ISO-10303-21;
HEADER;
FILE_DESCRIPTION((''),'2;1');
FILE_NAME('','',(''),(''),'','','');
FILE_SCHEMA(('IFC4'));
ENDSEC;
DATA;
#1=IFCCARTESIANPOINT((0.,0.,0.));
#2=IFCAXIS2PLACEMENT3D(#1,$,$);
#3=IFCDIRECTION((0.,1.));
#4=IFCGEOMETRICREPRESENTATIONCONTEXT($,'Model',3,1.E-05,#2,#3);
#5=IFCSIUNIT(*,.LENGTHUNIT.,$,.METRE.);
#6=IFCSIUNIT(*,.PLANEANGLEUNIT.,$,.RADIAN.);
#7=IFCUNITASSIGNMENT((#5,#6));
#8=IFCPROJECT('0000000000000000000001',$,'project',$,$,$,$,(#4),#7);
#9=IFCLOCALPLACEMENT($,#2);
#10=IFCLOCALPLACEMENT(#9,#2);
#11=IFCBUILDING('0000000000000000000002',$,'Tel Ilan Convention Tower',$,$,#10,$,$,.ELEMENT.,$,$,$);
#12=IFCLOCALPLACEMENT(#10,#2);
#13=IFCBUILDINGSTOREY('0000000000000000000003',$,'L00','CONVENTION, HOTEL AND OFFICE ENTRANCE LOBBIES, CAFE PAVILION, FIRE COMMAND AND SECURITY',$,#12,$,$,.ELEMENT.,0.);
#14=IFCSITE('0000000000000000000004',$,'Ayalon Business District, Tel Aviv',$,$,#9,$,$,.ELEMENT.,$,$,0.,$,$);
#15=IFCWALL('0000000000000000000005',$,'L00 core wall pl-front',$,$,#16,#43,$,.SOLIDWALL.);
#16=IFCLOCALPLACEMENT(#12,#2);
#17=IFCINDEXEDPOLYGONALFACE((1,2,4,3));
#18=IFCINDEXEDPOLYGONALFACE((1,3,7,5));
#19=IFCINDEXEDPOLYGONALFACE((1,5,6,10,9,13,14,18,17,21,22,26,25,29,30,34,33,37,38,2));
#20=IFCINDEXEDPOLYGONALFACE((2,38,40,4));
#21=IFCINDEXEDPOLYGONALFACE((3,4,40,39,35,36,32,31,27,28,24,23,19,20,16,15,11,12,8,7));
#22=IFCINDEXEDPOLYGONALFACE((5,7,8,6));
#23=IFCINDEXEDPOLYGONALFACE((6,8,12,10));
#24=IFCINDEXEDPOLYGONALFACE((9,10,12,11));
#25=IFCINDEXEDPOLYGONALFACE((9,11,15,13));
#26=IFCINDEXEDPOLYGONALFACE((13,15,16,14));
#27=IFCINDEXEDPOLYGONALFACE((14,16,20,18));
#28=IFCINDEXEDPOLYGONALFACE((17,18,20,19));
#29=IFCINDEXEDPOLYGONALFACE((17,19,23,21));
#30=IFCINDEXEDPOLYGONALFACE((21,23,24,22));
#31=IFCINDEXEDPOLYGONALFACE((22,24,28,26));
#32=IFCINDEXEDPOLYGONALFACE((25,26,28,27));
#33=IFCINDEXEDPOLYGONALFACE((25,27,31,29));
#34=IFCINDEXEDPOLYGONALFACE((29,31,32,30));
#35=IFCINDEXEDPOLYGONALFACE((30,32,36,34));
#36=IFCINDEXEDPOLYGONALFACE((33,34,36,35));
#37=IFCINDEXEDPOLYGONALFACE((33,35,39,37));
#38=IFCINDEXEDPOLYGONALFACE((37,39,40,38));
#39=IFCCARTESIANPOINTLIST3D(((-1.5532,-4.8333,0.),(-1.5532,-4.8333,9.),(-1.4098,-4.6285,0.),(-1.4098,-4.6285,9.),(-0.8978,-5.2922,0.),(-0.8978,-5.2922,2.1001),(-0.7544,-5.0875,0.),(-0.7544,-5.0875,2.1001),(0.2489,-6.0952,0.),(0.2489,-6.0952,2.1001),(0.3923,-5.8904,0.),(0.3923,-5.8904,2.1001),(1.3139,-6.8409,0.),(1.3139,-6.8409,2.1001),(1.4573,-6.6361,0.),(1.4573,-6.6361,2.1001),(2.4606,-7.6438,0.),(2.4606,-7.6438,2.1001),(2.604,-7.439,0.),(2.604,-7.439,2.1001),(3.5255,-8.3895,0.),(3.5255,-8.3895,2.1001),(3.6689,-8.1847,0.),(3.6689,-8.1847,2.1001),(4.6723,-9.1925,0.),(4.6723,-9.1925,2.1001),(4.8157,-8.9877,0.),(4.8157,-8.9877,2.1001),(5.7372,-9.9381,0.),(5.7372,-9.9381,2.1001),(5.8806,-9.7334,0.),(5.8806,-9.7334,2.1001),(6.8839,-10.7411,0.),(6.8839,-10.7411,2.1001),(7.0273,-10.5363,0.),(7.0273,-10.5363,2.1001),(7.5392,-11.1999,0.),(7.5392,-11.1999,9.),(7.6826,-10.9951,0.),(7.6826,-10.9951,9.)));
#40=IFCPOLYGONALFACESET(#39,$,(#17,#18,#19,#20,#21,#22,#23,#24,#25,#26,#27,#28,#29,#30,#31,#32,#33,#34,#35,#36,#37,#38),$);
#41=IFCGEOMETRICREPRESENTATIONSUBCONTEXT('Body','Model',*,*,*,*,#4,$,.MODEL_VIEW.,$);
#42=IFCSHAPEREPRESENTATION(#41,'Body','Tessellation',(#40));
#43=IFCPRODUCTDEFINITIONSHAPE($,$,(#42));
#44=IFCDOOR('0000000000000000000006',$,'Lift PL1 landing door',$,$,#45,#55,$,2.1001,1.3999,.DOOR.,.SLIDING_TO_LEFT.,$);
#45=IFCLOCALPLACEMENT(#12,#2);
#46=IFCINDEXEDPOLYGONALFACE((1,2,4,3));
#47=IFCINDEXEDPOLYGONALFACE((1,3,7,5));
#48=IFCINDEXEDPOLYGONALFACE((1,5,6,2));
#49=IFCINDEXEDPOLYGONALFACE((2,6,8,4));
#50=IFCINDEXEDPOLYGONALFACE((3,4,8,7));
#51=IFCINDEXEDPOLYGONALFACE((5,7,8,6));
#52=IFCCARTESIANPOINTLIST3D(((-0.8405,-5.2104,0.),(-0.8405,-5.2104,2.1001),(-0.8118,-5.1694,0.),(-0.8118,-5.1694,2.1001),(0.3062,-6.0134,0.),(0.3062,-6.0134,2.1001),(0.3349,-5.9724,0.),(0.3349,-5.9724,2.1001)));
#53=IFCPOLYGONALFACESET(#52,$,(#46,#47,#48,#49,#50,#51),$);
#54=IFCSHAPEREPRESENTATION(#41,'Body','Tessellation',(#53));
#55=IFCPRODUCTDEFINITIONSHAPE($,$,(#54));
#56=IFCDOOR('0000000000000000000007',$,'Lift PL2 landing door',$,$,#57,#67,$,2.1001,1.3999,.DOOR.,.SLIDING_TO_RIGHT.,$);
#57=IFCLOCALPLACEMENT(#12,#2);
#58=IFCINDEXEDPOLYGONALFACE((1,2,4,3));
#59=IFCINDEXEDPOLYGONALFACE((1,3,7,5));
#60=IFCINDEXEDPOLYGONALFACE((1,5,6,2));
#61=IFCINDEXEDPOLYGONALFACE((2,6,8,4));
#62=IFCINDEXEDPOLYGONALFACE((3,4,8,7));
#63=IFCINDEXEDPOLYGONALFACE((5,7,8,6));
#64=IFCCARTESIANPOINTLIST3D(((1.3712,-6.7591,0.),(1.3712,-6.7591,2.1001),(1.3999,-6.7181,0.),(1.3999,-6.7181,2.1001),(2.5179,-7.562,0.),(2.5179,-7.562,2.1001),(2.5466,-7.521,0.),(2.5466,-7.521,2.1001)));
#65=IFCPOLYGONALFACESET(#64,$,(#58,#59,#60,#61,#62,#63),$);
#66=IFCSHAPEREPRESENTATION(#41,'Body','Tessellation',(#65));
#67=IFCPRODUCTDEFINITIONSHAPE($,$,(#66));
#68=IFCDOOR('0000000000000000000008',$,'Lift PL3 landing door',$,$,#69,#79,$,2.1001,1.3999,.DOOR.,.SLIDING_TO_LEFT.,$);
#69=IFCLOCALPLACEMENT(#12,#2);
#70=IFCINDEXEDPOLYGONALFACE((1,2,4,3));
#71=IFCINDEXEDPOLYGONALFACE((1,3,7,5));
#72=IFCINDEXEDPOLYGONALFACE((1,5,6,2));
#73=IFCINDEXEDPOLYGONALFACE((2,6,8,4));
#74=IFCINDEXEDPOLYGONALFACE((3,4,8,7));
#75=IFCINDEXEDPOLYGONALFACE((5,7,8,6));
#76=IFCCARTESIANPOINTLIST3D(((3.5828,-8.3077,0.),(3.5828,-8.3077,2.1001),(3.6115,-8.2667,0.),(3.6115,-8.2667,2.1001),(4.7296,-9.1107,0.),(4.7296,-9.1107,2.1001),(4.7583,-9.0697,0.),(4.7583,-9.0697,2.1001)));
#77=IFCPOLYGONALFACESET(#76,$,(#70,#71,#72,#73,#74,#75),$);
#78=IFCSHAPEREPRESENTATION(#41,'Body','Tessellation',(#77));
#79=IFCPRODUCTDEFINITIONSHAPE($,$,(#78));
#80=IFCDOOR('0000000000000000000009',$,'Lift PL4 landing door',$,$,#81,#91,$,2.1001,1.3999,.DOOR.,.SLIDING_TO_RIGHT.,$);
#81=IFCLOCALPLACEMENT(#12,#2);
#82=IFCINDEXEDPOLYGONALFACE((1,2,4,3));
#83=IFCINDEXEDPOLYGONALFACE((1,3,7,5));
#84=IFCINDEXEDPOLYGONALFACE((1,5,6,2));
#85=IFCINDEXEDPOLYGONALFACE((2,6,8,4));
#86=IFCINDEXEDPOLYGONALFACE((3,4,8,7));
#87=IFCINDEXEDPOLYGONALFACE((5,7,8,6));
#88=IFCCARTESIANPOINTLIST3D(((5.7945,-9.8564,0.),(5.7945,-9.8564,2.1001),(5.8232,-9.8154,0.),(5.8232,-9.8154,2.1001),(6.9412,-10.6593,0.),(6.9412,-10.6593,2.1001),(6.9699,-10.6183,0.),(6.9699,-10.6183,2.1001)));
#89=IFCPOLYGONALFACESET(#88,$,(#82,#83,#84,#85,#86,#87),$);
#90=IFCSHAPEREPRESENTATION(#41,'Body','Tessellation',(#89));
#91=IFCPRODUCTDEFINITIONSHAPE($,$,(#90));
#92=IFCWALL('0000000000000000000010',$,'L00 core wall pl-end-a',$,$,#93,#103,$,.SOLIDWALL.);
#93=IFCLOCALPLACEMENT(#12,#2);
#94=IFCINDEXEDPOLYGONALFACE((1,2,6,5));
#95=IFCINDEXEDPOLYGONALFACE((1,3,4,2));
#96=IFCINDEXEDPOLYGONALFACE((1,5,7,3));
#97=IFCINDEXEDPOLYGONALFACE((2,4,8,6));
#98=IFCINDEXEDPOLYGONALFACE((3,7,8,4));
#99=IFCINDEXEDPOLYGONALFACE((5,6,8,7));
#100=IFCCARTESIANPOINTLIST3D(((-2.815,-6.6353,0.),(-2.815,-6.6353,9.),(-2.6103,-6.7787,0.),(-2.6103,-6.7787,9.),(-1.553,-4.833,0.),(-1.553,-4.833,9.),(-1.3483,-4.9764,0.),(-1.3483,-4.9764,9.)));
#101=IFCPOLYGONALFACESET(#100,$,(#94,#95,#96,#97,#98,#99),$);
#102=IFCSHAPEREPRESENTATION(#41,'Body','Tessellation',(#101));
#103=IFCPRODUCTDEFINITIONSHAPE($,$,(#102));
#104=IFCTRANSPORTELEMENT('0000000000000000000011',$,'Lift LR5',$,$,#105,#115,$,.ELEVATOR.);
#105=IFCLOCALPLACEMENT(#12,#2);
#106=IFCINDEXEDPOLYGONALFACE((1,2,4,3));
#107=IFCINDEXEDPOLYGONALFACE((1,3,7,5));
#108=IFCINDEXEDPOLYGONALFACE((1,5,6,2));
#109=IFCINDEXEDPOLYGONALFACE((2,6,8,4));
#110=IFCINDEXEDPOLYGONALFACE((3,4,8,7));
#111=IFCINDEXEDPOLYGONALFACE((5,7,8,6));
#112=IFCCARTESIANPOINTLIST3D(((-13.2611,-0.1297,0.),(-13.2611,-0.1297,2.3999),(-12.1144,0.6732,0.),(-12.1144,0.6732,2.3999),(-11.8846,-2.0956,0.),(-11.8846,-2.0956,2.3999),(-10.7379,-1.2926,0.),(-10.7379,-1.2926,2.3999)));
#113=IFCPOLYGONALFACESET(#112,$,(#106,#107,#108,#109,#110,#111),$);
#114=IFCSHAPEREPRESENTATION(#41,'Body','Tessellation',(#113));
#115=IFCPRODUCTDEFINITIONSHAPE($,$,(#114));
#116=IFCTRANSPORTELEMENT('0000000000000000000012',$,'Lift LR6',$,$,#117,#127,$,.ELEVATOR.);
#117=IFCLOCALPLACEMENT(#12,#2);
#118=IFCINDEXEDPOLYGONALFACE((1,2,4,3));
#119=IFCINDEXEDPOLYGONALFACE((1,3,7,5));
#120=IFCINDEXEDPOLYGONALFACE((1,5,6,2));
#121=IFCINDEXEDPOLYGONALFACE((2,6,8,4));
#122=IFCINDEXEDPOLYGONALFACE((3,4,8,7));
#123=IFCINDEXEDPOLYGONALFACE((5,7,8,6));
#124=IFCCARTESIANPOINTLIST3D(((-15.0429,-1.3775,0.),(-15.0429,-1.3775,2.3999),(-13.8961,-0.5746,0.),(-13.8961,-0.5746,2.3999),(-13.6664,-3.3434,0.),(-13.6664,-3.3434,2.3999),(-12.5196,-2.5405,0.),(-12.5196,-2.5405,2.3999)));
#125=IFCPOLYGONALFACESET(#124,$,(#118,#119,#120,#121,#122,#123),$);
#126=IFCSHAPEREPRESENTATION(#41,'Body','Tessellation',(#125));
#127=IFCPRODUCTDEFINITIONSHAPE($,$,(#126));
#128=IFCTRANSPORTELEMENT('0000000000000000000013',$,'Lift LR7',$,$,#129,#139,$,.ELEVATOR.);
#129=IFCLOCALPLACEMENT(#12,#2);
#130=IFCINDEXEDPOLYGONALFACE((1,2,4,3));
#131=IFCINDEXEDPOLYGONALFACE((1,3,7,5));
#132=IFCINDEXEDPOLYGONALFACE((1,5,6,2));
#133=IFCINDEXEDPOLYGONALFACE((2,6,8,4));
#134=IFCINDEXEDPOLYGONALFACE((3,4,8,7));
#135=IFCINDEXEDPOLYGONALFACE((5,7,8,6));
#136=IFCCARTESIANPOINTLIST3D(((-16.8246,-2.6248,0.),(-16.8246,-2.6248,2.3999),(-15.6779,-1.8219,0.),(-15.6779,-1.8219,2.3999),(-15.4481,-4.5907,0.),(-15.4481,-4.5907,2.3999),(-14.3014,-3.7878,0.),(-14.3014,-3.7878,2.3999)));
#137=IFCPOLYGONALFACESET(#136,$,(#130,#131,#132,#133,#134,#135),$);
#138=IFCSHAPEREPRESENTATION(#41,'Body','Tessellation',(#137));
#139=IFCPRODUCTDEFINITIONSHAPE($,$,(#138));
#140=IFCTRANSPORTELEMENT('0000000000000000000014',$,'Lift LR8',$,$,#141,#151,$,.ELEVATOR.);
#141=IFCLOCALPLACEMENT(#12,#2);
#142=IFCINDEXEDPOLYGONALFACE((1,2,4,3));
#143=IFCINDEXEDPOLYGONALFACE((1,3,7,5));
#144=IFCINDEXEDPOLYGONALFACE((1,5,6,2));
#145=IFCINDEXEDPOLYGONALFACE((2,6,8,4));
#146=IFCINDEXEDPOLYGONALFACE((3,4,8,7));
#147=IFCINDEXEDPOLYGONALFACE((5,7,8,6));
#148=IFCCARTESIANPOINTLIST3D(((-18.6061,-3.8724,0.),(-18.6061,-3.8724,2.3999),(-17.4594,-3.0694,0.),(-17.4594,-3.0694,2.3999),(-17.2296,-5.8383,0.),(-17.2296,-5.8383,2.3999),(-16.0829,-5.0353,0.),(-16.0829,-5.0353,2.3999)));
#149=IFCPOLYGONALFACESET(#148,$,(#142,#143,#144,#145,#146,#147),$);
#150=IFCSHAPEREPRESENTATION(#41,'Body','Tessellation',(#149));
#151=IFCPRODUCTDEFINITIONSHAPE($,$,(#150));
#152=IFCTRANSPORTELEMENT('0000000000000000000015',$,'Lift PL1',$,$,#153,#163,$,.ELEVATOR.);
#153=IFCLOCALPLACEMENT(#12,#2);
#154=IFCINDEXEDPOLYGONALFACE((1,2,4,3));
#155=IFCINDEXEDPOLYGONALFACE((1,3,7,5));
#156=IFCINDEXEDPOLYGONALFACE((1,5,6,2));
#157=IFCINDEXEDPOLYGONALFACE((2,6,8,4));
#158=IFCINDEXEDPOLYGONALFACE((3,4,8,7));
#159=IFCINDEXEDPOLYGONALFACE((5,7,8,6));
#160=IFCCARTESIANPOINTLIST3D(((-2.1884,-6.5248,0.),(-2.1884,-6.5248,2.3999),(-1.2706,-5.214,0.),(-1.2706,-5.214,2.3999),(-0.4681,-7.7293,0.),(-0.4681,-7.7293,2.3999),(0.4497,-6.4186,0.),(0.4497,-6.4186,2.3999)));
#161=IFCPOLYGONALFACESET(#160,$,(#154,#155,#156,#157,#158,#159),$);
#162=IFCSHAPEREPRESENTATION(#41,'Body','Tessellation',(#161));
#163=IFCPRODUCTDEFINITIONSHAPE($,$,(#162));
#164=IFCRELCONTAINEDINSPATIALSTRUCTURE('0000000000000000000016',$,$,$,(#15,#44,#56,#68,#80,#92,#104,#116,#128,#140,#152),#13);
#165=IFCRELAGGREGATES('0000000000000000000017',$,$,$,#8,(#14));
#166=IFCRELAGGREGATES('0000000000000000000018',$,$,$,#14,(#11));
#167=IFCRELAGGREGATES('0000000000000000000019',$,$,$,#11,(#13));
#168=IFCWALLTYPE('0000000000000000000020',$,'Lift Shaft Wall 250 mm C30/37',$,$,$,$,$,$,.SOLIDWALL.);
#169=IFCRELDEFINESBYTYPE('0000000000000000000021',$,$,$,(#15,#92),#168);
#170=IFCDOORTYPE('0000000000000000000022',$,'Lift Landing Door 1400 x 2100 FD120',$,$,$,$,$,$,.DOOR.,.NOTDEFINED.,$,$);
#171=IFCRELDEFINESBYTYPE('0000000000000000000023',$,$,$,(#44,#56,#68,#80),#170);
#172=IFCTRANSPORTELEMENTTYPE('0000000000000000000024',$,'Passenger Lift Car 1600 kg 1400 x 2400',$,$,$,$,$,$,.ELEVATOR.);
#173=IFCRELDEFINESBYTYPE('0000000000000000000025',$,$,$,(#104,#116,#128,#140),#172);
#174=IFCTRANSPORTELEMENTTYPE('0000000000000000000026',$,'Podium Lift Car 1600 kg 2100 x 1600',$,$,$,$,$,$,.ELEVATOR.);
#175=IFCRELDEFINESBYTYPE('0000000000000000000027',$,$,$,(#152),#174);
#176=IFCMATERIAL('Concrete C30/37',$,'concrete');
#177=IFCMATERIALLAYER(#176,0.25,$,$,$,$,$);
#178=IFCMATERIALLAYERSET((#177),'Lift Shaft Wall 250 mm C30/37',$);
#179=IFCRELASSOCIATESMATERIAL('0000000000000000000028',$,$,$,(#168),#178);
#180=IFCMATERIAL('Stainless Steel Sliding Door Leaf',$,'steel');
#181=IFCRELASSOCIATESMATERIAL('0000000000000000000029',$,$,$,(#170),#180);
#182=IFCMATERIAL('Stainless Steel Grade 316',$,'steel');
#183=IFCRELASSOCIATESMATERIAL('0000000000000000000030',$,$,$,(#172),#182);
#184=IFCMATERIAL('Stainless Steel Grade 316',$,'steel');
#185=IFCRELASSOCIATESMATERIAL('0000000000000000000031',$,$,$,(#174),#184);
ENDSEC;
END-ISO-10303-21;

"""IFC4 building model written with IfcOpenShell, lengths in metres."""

from ifc_helpers import new_model, si_unit, direction, frame, frame_2d, origin, origin_2d, place, context, subcontext, project, spatial, rectangle, extrude, material, layer, layer_set, type_object, element, fill, save


model = new_model("IFC4")

# Units and contexts
model_context = context("Model", 3, precision=1e-05, world=origin(), true_north=direction((0.0, 1.0)))
body_context = subcontext(model_context, "Body", "Model", "MODEL_VIEW")
ifc_project = project(units=[si_unit("LENGTHUNIT", "METRE"), si_unit("PLANEANGLEUNIT", "RADIAN")], contexts=[model_context])

# Site, building, storey
site_placement = place(None, origin())
site = spatial("IfcSite", under=ifc_project, at=site_placement, Name="Ayalon Business District, Tel Aviv", CompositionType="ELEMENT", RefElevation=0.0)
building_placement = place(site_placement, origin())
building = spatial("IfcBuilding", under=site, at=building_placement, Name="Tel Ilan Convention Tower", CompositionType="ELEMENT")
storey_placement = place(building_placement, origin())
storey = spatial("IfcBuildingStorey", under=building, at=storey_placement, Name="L00", Description="CONVENTION, HOTEL AND OFFICE ENTRANCE LOBBIES, CAFE PAVILION, FIRE COMMAND AND SECURITY", CompositionType="ELEMENT", Elevation=0.0)

# Shared definitions
ifc_material_1 = material(Name="Concrete C30/37", Category="concrete")
ifc_layer_1 = layer(ifc_material_1, 0.25)
ifc_layer_set_1 = layer_set([ifc_layer_1], Name="Lift Shaft Wall 250 mm C30/37")
wall_type_1 = type_object("IfcWallType", Name="Lift Shaft Wall 250 mm C30/37", PredefinedType="SOLIDWALL", material=ifc_layer_set_1)

# Wall, openings, doors
wall_1_placement = place(storey_placement, frame((-1.4814, -4.731, 0.0), z_axis=(0.0, 0.0, 1.0), x_axis=(0.81915, -0.573579, 0.0)))
wall_1 = element("IfcWall", 1, at=wall_1_placement, inside=storey, type_object=wall_type_1, Name="L00 core wall pl-front", PredefinedType="SOLIDWALL", context=body_context, shape_type="SweptSolid", body=[
    extrude(rectangle(XDim=11.0999, YDim=0.25, at=frame_2d((5.5498, 0.0))), origin(), (0.0, 0.0, 1.0), 9.0),
])
opening_1_placement = place(wall_1_placement, frame((0.8, 0.0, 0.0)))
opening_1 = element("IfcOpeningElement", 2, at=opening_1_placement, cuts=wall_1, PredefinedType="OPENING", context=body_context, shape_type="SweptSolid", body=[
    extrude(rectangle(XDim=1.3999, YDim=2.1001, at=frame_2d((0.7, 1.05))), frame((0.0, 0.135, 0.0), z_axis=(0.0, -1.0, 0.0), x_axis=(1.0, 0.0, 0.0)), (0.0, 0.0, 1.0), 0.27),
])
opening_2_placement = place(wall_1_placement, frame((3.5, 0.0, 0.0)))
opening_2 = element("IfcOpeningElement", 3, at=opening_2_placement, cuts=wall_1, PredefinedType="OPENING", context=body_context, shape_type="SweptSolid", body=[
    extrude(rectangle(XDim=1.3999, YDim=2.1001, at=frame_2d((0.7, 1.05))), frame((0.0, 0.135, 0.0), z_axis=(0.0, -1.0, 0.0), x_axis=(1.0, 0.0, 0.0)), (0.0, 0.0, 1.0), 0.27),
])
opening_3_placement = place(wall_1_placement, frame((6.2, 0.0, 0.0)))
opening_3 = element("IfcOpeningElement", 4, at=opening_3_placement, cuts=wall_1, PredefinedType="OPENING", context=body_context, shape_type="SweptSolid", body=[
    extrude(rectangle(XDim=1.3999, YDim=2.1001, at=frame_2d((0.7, 1.05))), frame((0.0, 0.135, 0.0), z_axis=(0.0, -1.0, 0.0), x_axis=(1.0, 0.0, 0.0)), (0.0, 0.0, 1.0), 0.27),
])
opening_4_placement = place(wall_1_placement, frame((8.8999, 0.0, 0.0)))
opening_4 = element("IfcOpeningElement", 5, at=opening_4_placement, cuts=wall_1, PredefinedType="OPENING", context=body_context, shape_type="SweptSolid", body=[
    extrude(rectangle(XDim=1.3999, YDim=2.1001, at=frame_2d((0.7, 1.05))), frame((0.0, 0.135, 0.0), z_axis=(0.0, -1.0, 0.0), x_axis=(1.0, 0.0, 0.0)), (0.0, 0.0, 1.0), 0.27),
])
ifc_material_2 = material(Name="Stainless Steel Sliding Door Leaf", Category="steel")
door_type_1 = type_object("IfcDoorType", Name="Lift Landing Door 1400 x 2100 FD120", OperationType="NOTDEFINED", PredefinedType="DOOR", material=ifc_material_2)
door_1_placement = place(opening_1_placement, origin())
door_1 = element("IfcDoor", 6, at=door_1_placement, inside=storey, type_object=door_type_1, Name="Lift PL1 landing door", OperationType="SLIDING_TO_LEFT", OverallHeight=2.1001, OverallWidth=1.3999, PredefinedType="DOOR", context=body_context, shape_type="SweptSolid", body=[
    extrude(rectangle(XDim=1.3999, YDim=2.1001, at=frame_2d((0.7, 1.05))), frame((0.0, 0.0249, 0.0), z_axis=(0.0, -1.0, 0.0), x_axis=(1.0, 0.0, 0.0)), (0.0, 0.0, 1.0), 0.05),
])
fill(opening_1, door_1)
door_2_placement = place(opening_2_placement, origin())
door_2 = element("IfcDoor", 7, at=door_2_placement, inside=storey, type_object=door_type_1, Name="Lift PL2 landing door", OperationType="SLIDING_TO_RIGHT", OverallHeight=2.1001, OverallWidth=1.3999, PredefinedType="DOOR", context=body_context, shape_type="SweptSolid", body=[
    extrude(rectangle(XDim=1.3999, YDim=2.1001, at=frame_2d((0.7, 1.05))), frame((0.0, 0.0249, 0.0), z_axis=(0.0, -1.0, 0.0), x_axis=(1.0, 0.0, 0.0)), (0.0, 0.0, 1.0), 0.05),
])
fill(opening_2, door_2)
door_3_placement = place(opening_3_placement, origin())
door_3 = element("IfcDoor", 8, at=door_3_placement, inside=storey, type_object=door_type_1, Name="Lift PL3 landing door", OperationType="SLIDING_TO_LEFT", OverallHeight=2.1001, OverallWidth=1.3999, PredefinedType="DOOR", context=body_context, shape_type="SweptSolid", body=[
    extrude(rectangle(XDim=1.3999, YDim=2.1001, at=frame_2d((0.7, 1.05))), frame((0.0, 0.0249, 0.0), z_axis=(0.0, -1.0, 0.0), x_axis=(1.0, 0.0, 0.0)), (0.0, 0.0, 1.0), 0.05),
])
fill(opening_3, door_3)
door_4_placement = place(opening_4_placement, origin())
door_4 = element("IfcDoor", 9, at=door_4_placement, inside=storey, type_object=door_type_1, Name="Lift PL4 landing door", OperationType="SLIDING_TO_RIGHT", OverallHeight=2.1001, OverallWidth=1.3999, PredefinedType="DOOR", context=body_context, shape_type="SweptSolid", body=[
    extrude(rectangle(XDim=1.3999, YDim=2.1001, at=frame_2d((0.7, 1.05))), frame((0.0, 0.0249, 0.0), z_axis=(0.0, -1.0, 0.0), x_axis=(1.0, 0.0, 0.0)), (0.0, 0.0, 1.0), 0.05),
])
fill(opening_4, door_4)

# Wall
wall_2_placement = place(storey_placement, frame((-2.7126, -6.707, 0.0), z_axis=(0.0, 0.0, 1.0), x_axis=(0.573581, 0.819149, 0.0)))
element("IfcWall", 10, at=wall_2_placement, inside=storey, type_object=wall_type_1, Name="L00 core wall pl-end-a", PredefinedType="SOLIDWALL", context=body_context, shape_type="SweptSolid", body=[
    extrude(rectangle(XDim=2.2002, YDim=0.25, at=frame_2d((1.1001, 0.0))), origin(), (0.0, 0.0, 1.0), 9.0),
])

# Transport elements
ifc_material_3 = material(Name="Stainless Steel Grade 316", Category="steel")
transport_element_type_1 = type_object("IfcTransportElementType", Name="Passenger Lift Car 1600 kg 1400 x 2400", PredefinedType="ELEVATOR", material=ifc_material_3)
for number, where, z_axis, x_axis, name in (
    (11, (-11.9995, -0.7112, 0.0), (0.0, 0.0, 1.0), (-0.819152, -0.573576, 0.0), "Lift LR5"),
    (12, (-13.7812, -1.959, 0.0), (0.0, 0.0, 1.0), (-0.819152, -0.573576, 0.0), "Lift LR6"),
    (13, (-15.563, -3.2063, 0.0), (0.0, 0.0, 1.0), (-0.819152, -0.573576, 0.0), "Lift LR7"),
    (14, (-17.3445, -4.4539, 0.0), (0.0, 0.0, 1.0), (-0.819152, -0.573576, 0.0), "Lift LR8"),
):
    element("IfcTransportElement", number, at=place(storey_placement, frame(where, z_axis=z_axis, x_axis=x_axis)), inside=storey, type_object=transport_element_type_1, Name=name, PredefinedType="ELEVATOR", context=body_context, shape_type="SweptSolid", body=[
        extrude(rectangle(XDim=1.3999, YDim=2.3999, at=origin_2d()), origin(), (0.0, 0.0, 1.0), 2.3999),
    ])
ifc_material_4 = material(Name="Stainless Steel Grade 316", Category="steel")
transport_element_type_2 = type_object("IfcTransportElementType", Name="Podium Lift Car 1600 kg 2100 x 1600", PredefinedType="ELEVATOR", material=ifc_material_4)
transport_element_placement = place(storey_placement, frame((-0.8694, -6.4717, 0.0), z_axis=(0.0, 0.0, 1.0), x_axis=(0.819152, -0.573576, 0.0)))
element("IfcTransportElement", 15, at=transport_element_placement, inside=storey, type_object=transport_element_type_2, Name="Lift PL1", PredefinedType="ELEVATOR", context=body_context, shape_type="SweptSolid", body=[
    extrude(rectangle(XDim=2.1001, YDim=1.6001, at=origin_2d()), origin(), (0.0, 0.0, 1.0), 2.3999),
])

save(model, "model.ifc")
